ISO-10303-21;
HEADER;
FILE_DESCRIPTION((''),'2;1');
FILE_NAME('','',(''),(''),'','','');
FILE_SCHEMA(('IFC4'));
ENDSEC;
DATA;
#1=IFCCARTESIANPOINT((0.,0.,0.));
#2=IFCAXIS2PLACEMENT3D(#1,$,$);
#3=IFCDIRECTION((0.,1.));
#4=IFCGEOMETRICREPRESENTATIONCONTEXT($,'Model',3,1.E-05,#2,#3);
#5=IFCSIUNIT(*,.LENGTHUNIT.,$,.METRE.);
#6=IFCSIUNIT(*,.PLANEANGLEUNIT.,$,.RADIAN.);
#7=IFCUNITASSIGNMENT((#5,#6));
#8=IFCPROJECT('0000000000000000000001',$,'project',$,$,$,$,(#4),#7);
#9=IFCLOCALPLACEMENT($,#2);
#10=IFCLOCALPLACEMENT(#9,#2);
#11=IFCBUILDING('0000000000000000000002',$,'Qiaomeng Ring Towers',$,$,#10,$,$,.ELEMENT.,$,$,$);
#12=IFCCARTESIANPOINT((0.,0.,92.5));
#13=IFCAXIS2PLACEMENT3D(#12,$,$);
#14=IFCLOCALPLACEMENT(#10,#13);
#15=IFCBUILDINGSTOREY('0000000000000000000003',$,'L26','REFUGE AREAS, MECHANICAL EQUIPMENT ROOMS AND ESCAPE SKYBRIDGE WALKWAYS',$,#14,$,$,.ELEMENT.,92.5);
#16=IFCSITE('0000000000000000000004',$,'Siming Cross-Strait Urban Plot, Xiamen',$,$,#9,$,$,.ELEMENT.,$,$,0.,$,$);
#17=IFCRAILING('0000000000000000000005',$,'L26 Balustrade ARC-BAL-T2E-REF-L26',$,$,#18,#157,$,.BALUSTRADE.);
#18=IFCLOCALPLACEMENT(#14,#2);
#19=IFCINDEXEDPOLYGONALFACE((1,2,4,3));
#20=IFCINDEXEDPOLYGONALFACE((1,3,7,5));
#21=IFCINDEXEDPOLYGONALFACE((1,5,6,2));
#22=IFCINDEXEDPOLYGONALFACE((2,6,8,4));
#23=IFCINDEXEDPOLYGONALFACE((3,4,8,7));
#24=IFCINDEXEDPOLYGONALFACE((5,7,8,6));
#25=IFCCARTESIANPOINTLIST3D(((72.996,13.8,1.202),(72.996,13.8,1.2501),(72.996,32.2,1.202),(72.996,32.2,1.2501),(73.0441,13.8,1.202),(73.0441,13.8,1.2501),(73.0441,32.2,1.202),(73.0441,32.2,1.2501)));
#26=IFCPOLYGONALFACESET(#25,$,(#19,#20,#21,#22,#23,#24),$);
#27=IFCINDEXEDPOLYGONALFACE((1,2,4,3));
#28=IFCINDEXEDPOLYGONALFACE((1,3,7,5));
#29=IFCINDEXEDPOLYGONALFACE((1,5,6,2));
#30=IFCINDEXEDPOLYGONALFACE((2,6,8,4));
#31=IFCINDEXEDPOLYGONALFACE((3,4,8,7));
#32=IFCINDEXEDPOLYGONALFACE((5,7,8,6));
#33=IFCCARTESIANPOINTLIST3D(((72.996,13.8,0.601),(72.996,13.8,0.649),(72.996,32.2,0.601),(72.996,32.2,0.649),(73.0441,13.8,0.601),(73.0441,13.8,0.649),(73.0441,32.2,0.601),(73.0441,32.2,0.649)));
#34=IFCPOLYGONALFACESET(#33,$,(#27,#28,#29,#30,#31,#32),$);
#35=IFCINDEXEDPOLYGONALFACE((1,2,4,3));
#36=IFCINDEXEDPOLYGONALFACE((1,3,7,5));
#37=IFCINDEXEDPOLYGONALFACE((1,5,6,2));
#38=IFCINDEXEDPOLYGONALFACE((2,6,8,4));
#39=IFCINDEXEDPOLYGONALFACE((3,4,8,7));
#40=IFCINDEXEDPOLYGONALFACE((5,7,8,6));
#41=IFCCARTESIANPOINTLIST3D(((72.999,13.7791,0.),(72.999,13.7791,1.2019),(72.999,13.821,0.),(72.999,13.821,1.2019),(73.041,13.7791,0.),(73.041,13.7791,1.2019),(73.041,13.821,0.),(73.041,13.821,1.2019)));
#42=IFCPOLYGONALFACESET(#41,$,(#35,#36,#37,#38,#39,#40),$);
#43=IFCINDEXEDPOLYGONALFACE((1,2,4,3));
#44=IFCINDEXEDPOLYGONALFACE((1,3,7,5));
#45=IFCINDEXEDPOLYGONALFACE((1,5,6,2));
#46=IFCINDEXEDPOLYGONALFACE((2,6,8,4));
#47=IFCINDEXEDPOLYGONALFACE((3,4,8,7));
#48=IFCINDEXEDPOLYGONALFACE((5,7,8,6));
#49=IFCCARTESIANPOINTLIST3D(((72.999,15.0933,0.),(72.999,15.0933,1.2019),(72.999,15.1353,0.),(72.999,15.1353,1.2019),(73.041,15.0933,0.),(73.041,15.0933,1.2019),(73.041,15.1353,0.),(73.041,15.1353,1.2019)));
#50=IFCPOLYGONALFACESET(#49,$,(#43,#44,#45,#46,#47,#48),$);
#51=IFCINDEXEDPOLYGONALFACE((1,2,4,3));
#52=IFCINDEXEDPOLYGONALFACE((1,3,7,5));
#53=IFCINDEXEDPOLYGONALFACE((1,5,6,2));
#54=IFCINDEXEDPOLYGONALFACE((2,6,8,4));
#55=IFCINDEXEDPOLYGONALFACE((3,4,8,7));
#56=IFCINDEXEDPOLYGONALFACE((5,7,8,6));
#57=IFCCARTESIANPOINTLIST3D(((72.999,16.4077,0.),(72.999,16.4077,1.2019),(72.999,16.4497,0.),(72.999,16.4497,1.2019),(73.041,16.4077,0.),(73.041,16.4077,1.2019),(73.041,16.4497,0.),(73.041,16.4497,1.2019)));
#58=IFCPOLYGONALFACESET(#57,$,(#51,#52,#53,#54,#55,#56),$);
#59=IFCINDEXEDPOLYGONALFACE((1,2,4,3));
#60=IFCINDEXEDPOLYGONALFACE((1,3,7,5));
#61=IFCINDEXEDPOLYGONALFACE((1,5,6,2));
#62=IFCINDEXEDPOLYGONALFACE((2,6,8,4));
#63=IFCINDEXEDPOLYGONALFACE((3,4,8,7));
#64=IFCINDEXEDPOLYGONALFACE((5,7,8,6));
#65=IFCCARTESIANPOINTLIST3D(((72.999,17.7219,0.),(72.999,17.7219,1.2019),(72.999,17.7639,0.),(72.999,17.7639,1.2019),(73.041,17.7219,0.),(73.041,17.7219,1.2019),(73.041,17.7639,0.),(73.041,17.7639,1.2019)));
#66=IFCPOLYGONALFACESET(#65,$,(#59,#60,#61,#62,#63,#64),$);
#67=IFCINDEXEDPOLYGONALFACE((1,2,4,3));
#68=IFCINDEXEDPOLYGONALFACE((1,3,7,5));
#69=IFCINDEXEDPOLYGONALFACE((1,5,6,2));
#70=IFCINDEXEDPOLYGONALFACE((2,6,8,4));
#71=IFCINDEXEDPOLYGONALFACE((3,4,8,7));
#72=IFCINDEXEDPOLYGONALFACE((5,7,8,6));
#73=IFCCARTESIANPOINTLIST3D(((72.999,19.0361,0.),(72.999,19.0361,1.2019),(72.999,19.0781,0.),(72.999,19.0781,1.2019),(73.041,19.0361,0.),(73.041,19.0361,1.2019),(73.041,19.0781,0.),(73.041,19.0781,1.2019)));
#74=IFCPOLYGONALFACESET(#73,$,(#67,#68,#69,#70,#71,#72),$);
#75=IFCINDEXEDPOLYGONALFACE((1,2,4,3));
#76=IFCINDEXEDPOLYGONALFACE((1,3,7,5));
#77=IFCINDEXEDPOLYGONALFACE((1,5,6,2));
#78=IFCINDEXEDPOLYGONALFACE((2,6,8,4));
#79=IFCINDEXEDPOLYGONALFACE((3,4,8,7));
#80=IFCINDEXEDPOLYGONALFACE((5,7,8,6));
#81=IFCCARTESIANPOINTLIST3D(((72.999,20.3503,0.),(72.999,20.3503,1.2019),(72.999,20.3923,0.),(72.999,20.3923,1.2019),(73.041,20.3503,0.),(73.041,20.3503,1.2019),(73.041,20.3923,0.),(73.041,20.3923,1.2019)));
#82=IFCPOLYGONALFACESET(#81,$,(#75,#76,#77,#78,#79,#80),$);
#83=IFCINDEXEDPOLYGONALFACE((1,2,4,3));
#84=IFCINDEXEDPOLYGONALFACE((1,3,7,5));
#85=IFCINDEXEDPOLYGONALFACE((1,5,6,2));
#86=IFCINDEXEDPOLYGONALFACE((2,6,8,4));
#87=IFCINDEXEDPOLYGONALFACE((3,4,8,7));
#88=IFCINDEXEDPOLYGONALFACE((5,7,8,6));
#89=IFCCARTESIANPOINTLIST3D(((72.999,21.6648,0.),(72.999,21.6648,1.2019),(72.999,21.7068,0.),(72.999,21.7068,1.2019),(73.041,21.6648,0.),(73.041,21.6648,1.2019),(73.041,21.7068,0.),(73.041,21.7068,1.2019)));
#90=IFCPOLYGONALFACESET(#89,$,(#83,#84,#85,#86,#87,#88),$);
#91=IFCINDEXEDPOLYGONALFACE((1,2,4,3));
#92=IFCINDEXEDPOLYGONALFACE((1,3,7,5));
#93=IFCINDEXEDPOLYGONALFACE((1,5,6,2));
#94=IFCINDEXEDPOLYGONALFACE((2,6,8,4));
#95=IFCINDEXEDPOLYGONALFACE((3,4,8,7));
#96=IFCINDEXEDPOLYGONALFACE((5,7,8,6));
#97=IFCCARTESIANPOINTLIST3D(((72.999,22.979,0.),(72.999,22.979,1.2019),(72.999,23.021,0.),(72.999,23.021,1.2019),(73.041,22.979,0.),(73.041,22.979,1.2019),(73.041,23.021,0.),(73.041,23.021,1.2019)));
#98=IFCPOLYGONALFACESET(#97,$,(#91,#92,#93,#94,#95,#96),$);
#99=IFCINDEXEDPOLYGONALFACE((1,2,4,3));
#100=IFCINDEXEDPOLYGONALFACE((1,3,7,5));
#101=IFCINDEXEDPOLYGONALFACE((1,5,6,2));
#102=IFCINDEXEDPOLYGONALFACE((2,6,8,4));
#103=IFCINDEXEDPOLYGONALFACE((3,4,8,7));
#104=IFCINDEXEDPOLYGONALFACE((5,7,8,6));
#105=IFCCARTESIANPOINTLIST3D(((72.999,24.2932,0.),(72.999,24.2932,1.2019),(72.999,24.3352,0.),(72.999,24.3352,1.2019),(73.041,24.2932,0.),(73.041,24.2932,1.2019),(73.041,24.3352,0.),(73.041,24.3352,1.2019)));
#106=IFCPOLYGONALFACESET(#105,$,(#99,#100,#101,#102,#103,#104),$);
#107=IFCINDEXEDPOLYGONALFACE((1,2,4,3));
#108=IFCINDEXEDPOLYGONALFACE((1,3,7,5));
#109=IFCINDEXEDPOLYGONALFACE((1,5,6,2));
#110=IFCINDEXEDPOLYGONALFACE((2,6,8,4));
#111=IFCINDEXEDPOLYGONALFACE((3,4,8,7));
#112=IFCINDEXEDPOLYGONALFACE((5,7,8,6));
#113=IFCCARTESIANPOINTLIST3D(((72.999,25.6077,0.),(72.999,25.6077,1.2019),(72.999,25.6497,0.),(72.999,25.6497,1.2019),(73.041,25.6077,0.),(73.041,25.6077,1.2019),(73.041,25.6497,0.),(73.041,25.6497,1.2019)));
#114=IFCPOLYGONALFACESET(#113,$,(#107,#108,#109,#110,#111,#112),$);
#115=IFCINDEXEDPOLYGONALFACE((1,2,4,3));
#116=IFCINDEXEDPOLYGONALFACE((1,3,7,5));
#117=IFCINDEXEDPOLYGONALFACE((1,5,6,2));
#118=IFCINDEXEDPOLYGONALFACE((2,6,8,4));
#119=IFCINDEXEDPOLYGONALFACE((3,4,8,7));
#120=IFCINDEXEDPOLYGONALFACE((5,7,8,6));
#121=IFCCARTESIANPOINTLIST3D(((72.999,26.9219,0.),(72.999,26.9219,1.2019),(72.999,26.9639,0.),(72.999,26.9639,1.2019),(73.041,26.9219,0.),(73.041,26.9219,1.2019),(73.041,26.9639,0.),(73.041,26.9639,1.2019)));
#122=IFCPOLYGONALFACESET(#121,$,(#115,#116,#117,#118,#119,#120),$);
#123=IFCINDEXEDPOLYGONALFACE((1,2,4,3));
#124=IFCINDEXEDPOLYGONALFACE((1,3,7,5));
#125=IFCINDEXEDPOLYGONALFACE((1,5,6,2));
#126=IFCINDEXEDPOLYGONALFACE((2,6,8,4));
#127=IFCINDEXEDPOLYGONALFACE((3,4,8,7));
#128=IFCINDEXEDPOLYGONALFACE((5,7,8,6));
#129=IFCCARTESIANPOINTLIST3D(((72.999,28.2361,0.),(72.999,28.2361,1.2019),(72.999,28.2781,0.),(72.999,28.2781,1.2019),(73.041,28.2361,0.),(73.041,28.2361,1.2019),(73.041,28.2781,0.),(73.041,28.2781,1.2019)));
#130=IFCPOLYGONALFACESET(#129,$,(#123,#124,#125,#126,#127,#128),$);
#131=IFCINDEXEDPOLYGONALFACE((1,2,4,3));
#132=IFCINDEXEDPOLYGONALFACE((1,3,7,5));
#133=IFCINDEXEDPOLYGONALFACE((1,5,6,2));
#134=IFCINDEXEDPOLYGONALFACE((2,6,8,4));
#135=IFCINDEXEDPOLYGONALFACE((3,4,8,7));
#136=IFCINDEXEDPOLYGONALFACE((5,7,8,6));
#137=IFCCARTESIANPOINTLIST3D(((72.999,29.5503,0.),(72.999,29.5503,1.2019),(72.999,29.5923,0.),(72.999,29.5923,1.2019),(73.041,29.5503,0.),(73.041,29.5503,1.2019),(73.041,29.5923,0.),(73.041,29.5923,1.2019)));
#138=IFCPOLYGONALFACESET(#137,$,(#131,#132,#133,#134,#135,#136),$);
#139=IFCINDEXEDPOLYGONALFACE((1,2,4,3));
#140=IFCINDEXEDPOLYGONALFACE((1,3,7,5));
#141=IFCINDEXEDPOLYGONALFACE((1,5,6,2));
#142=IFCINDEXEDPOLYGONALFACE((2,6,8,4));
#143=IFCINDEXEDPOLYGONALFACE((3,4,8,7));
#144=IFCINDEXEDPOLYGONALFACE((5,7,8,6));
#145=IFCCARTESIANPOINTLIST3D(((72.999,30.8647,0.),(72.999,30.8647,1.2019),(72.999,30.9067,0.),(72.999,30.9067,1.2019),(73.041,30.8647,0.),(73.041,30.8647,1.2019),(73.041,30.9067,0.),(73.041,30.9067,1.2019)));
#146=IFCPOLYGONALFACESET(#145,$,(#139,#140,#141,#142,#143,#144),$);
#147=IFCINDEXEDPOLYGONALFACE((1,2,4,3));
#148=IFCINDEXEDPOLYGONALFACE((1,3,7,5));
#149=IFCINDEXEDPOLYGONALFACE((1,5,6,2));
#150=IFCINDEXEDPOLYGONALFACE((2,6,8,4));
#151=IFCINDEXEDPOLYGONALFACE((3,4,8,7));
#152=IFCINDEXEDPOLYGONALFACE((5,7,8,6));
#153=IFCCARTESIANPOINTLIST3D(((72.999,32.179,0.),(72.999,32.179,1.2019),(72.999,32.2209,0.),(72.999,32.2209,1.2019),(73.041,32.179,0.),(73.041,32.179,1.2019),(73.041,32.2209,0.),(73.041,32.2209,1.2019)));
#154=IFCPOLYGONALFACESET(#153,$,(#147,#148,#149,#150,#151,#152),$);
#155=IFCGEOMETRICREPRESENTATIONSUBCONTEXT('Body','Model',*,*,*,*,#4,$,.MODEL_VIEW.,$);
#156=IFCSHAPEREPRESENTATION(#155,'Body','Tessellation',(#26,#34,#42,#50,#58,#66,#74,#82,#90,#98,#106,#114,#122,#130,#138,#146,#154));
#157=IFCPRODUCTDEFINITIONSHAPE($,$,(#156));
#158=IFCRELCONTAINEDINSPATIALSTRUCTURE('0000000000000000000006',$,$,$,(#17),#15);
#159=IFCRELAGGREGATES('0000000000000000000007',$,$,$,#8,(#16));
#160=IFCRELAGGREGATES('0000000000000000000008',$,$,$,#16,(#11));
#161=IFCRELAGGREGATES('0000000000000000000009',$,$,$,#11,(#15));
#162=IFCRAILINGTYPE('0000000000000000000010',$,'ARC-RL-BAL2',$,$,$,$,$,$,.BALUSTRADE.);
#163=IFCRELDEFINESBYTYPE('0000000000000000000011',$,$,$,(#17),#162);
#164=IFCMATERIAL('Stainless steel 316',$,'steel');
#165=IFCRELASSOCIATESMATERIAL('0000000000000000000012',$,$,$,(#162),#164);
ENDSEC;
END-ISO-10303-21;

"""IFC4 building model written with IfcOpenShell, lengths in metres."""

from ifc_helpers import new_model, si_unit, direction, frame, origin, origin_2d, place, context, subcontext, project, spatial, rectangle, extrude, material, type_object, element, save


model = new_model("IFC4")

# Units and contexts
model_context = context("Model", 3, precision=1e-05, world=origin(), true_north=direction((0.0, 1.0)))
body_context = subcontext(model_context, "Body", "Model", "MODEL_VIEW")
ifc_project = project(units=[si_unit("LENGTHUNIT", "METRE"), si_unit("PLANEANGLEUNIT", "RADIAN")], contexts=[model_context])

# Site, building, storey
site_placement = place(None, origin())
site = spatial("IfcSite", under=ifc_project, at=site_placement, Name="Siming Cross-Strait Urban Plot, Xiamen", CompositionType="ELEMENT", RefElevation=0.0)
building_placement = place(site_placement, origin())
building = spatial("IfcBuilding", under=site, at=building_placement, Name="Qiaomeng Ring Towers", CompositionType="ELEMENT")
storey_placement = place(building_placement, frame((0.0, 0.0, 92.5)))
storey = spatial("IfcBuildingStorey", under=building, at=storey_placement, Name="L26", Description="REFUGE AREAS, MECHANICAL EQUIPMENT ROOMS AND ESCAPE SKYBRIDGE WALKWAYS", CompositionType="ELEMENT", Elevation=92.5)

# Railing
ifc_material_1 = material(Name="Stainless steel 316", Category="steel")
railing_type_1 = type_object("IfcRailingType", Name="ARC-RL-BAL2", PredefinedType="BALUSTRADE", material=ifc_material_1)
railing_1_placement = place(storey_placement, frame((73.02, 13.8, 0.0)))
element("IfcRailing", 1, at=railing_1_placement, inside=storey, type_object=railing_type_1, Name="L26 Balustrade ARC-BAL-T2E-REF-L26", PredefinedType="BALUSTRADE", context=body_context, shape_type="SweptSolid", body=[
    extrude(rectangle(XDim=0.0481, YDim=0.0481, at=origin_2d()), frame((0.0, 0.0, 1.2261), z_axis=(0.0, 1.0, 0.0), x_axis=(-1.0, 0.0, 0.0)), (0.0, 0.0, 1.0), 18.3999),
    extrude(rectangle(XDim=0.0481, YDim=0.0481, at=origin_2d()), frame((0.0, 0.0, 0.625), z_axis=(0.0, 1.0, 0.0), x_axis=(-1.0, 0.0, 0.0)), (0.0, 0.0, 1.0), 18.3999),
    extrude(rectangle(XDim=0.042, YDim=0.042, at=origin_2d()), origin(), (0.0, 0.0, 1.0), 1.2019),
    extrude(rectangle(XDim=0.042, YDim=0.042, at=origin_2d()), frame((0.0, 1.3142, 0.0)), (0.0, 0.0, 1.0), 1.2019),
    extrude(rectangle(XDim=0.042, YDim=0.042, at=origin_2d()), frame((0.0, 2.6287, 0.0)), (0.0, 0.0, 1.0), 1.2019),
    extrude(rectangle(XDim=0.042, YDim=0.042, at=origin_2d()), frame((0.0, 3.9429, 0.0)), (0.0, 0.0, 1.0), 1.2019),
    extrude(rectangle(XDim=0.042, YDim=0.042, at=origin_2d()), frame((0.0, 5.2571, 0.0)), (0.0, 0.0, 1.0), 1.2019),
    extrude(rectangle(XDim=0.042, YDim=0.042, at=origin_2d()), frame((0.0, 6.5713, 0.0)), (0.0, 0.0, 1.0), 1.2019),
    extrude(rectangle(XDim=0.042, YDim=0.042, at=origin_2d()), frame((0.0, 7.8857, 0.0)), (0.0, 0.0, 1.0), 1.2019),
    extrude(rectangle(XDim=0.042, YDim=0.042, at=origin_2d()), frame((0.0, 9.2, 0.0)), (0.0, 0.0, 1.0), 1.2019),
    extrude(rectangle(XDim=0.042, YDim=0.042, at=origin_2d()), frame((0.0, 10.5142, 0.0)), (0.0, 0.0, 1.0), 1.2019),
    extrude(rectangle(XDim=0.042, YDim=0.042, at=origin_2d()), frame((0.0, 11.8286, 0.0)), (0.0, 0.0, 1.0), 1.2019),
    extrude(rectangle(XDim=0.042, YDim=0.042, at=origin_2d()), frame((0.0, 13.1428, 0.0)), (0.0, 0.0, 1.0), 1.2019),
    extrude(rectangle(XDim=0.042, YDim=0.042, at=origin_2d()), frame((0.0, 14.457, 0.0)), (0.0, 0.0, 1.0), 1.2019),
    extrude(rectangle(XDim=0.042, YDim=0.042, at=origin_2d()), frame((0.0, 15.7712, 0.0)), (0.0, 0.0, 1.0), 1.2019),
    extrude(rectangle(XDim=0.042, YDim=0.042, at=origin_2d()), frame((0.0, 17.0857, 0.0)), (0.0, 0.0, 1.0), 1.2019),
    extrude(rectangle(XDim=0.042, YDim=0.042, at=origin_2d()), frame((0.0, 18.3999, 0.0)), (0.0, 0.0, 1.0), 1.2019),
])

save(model, "model.ifc")
